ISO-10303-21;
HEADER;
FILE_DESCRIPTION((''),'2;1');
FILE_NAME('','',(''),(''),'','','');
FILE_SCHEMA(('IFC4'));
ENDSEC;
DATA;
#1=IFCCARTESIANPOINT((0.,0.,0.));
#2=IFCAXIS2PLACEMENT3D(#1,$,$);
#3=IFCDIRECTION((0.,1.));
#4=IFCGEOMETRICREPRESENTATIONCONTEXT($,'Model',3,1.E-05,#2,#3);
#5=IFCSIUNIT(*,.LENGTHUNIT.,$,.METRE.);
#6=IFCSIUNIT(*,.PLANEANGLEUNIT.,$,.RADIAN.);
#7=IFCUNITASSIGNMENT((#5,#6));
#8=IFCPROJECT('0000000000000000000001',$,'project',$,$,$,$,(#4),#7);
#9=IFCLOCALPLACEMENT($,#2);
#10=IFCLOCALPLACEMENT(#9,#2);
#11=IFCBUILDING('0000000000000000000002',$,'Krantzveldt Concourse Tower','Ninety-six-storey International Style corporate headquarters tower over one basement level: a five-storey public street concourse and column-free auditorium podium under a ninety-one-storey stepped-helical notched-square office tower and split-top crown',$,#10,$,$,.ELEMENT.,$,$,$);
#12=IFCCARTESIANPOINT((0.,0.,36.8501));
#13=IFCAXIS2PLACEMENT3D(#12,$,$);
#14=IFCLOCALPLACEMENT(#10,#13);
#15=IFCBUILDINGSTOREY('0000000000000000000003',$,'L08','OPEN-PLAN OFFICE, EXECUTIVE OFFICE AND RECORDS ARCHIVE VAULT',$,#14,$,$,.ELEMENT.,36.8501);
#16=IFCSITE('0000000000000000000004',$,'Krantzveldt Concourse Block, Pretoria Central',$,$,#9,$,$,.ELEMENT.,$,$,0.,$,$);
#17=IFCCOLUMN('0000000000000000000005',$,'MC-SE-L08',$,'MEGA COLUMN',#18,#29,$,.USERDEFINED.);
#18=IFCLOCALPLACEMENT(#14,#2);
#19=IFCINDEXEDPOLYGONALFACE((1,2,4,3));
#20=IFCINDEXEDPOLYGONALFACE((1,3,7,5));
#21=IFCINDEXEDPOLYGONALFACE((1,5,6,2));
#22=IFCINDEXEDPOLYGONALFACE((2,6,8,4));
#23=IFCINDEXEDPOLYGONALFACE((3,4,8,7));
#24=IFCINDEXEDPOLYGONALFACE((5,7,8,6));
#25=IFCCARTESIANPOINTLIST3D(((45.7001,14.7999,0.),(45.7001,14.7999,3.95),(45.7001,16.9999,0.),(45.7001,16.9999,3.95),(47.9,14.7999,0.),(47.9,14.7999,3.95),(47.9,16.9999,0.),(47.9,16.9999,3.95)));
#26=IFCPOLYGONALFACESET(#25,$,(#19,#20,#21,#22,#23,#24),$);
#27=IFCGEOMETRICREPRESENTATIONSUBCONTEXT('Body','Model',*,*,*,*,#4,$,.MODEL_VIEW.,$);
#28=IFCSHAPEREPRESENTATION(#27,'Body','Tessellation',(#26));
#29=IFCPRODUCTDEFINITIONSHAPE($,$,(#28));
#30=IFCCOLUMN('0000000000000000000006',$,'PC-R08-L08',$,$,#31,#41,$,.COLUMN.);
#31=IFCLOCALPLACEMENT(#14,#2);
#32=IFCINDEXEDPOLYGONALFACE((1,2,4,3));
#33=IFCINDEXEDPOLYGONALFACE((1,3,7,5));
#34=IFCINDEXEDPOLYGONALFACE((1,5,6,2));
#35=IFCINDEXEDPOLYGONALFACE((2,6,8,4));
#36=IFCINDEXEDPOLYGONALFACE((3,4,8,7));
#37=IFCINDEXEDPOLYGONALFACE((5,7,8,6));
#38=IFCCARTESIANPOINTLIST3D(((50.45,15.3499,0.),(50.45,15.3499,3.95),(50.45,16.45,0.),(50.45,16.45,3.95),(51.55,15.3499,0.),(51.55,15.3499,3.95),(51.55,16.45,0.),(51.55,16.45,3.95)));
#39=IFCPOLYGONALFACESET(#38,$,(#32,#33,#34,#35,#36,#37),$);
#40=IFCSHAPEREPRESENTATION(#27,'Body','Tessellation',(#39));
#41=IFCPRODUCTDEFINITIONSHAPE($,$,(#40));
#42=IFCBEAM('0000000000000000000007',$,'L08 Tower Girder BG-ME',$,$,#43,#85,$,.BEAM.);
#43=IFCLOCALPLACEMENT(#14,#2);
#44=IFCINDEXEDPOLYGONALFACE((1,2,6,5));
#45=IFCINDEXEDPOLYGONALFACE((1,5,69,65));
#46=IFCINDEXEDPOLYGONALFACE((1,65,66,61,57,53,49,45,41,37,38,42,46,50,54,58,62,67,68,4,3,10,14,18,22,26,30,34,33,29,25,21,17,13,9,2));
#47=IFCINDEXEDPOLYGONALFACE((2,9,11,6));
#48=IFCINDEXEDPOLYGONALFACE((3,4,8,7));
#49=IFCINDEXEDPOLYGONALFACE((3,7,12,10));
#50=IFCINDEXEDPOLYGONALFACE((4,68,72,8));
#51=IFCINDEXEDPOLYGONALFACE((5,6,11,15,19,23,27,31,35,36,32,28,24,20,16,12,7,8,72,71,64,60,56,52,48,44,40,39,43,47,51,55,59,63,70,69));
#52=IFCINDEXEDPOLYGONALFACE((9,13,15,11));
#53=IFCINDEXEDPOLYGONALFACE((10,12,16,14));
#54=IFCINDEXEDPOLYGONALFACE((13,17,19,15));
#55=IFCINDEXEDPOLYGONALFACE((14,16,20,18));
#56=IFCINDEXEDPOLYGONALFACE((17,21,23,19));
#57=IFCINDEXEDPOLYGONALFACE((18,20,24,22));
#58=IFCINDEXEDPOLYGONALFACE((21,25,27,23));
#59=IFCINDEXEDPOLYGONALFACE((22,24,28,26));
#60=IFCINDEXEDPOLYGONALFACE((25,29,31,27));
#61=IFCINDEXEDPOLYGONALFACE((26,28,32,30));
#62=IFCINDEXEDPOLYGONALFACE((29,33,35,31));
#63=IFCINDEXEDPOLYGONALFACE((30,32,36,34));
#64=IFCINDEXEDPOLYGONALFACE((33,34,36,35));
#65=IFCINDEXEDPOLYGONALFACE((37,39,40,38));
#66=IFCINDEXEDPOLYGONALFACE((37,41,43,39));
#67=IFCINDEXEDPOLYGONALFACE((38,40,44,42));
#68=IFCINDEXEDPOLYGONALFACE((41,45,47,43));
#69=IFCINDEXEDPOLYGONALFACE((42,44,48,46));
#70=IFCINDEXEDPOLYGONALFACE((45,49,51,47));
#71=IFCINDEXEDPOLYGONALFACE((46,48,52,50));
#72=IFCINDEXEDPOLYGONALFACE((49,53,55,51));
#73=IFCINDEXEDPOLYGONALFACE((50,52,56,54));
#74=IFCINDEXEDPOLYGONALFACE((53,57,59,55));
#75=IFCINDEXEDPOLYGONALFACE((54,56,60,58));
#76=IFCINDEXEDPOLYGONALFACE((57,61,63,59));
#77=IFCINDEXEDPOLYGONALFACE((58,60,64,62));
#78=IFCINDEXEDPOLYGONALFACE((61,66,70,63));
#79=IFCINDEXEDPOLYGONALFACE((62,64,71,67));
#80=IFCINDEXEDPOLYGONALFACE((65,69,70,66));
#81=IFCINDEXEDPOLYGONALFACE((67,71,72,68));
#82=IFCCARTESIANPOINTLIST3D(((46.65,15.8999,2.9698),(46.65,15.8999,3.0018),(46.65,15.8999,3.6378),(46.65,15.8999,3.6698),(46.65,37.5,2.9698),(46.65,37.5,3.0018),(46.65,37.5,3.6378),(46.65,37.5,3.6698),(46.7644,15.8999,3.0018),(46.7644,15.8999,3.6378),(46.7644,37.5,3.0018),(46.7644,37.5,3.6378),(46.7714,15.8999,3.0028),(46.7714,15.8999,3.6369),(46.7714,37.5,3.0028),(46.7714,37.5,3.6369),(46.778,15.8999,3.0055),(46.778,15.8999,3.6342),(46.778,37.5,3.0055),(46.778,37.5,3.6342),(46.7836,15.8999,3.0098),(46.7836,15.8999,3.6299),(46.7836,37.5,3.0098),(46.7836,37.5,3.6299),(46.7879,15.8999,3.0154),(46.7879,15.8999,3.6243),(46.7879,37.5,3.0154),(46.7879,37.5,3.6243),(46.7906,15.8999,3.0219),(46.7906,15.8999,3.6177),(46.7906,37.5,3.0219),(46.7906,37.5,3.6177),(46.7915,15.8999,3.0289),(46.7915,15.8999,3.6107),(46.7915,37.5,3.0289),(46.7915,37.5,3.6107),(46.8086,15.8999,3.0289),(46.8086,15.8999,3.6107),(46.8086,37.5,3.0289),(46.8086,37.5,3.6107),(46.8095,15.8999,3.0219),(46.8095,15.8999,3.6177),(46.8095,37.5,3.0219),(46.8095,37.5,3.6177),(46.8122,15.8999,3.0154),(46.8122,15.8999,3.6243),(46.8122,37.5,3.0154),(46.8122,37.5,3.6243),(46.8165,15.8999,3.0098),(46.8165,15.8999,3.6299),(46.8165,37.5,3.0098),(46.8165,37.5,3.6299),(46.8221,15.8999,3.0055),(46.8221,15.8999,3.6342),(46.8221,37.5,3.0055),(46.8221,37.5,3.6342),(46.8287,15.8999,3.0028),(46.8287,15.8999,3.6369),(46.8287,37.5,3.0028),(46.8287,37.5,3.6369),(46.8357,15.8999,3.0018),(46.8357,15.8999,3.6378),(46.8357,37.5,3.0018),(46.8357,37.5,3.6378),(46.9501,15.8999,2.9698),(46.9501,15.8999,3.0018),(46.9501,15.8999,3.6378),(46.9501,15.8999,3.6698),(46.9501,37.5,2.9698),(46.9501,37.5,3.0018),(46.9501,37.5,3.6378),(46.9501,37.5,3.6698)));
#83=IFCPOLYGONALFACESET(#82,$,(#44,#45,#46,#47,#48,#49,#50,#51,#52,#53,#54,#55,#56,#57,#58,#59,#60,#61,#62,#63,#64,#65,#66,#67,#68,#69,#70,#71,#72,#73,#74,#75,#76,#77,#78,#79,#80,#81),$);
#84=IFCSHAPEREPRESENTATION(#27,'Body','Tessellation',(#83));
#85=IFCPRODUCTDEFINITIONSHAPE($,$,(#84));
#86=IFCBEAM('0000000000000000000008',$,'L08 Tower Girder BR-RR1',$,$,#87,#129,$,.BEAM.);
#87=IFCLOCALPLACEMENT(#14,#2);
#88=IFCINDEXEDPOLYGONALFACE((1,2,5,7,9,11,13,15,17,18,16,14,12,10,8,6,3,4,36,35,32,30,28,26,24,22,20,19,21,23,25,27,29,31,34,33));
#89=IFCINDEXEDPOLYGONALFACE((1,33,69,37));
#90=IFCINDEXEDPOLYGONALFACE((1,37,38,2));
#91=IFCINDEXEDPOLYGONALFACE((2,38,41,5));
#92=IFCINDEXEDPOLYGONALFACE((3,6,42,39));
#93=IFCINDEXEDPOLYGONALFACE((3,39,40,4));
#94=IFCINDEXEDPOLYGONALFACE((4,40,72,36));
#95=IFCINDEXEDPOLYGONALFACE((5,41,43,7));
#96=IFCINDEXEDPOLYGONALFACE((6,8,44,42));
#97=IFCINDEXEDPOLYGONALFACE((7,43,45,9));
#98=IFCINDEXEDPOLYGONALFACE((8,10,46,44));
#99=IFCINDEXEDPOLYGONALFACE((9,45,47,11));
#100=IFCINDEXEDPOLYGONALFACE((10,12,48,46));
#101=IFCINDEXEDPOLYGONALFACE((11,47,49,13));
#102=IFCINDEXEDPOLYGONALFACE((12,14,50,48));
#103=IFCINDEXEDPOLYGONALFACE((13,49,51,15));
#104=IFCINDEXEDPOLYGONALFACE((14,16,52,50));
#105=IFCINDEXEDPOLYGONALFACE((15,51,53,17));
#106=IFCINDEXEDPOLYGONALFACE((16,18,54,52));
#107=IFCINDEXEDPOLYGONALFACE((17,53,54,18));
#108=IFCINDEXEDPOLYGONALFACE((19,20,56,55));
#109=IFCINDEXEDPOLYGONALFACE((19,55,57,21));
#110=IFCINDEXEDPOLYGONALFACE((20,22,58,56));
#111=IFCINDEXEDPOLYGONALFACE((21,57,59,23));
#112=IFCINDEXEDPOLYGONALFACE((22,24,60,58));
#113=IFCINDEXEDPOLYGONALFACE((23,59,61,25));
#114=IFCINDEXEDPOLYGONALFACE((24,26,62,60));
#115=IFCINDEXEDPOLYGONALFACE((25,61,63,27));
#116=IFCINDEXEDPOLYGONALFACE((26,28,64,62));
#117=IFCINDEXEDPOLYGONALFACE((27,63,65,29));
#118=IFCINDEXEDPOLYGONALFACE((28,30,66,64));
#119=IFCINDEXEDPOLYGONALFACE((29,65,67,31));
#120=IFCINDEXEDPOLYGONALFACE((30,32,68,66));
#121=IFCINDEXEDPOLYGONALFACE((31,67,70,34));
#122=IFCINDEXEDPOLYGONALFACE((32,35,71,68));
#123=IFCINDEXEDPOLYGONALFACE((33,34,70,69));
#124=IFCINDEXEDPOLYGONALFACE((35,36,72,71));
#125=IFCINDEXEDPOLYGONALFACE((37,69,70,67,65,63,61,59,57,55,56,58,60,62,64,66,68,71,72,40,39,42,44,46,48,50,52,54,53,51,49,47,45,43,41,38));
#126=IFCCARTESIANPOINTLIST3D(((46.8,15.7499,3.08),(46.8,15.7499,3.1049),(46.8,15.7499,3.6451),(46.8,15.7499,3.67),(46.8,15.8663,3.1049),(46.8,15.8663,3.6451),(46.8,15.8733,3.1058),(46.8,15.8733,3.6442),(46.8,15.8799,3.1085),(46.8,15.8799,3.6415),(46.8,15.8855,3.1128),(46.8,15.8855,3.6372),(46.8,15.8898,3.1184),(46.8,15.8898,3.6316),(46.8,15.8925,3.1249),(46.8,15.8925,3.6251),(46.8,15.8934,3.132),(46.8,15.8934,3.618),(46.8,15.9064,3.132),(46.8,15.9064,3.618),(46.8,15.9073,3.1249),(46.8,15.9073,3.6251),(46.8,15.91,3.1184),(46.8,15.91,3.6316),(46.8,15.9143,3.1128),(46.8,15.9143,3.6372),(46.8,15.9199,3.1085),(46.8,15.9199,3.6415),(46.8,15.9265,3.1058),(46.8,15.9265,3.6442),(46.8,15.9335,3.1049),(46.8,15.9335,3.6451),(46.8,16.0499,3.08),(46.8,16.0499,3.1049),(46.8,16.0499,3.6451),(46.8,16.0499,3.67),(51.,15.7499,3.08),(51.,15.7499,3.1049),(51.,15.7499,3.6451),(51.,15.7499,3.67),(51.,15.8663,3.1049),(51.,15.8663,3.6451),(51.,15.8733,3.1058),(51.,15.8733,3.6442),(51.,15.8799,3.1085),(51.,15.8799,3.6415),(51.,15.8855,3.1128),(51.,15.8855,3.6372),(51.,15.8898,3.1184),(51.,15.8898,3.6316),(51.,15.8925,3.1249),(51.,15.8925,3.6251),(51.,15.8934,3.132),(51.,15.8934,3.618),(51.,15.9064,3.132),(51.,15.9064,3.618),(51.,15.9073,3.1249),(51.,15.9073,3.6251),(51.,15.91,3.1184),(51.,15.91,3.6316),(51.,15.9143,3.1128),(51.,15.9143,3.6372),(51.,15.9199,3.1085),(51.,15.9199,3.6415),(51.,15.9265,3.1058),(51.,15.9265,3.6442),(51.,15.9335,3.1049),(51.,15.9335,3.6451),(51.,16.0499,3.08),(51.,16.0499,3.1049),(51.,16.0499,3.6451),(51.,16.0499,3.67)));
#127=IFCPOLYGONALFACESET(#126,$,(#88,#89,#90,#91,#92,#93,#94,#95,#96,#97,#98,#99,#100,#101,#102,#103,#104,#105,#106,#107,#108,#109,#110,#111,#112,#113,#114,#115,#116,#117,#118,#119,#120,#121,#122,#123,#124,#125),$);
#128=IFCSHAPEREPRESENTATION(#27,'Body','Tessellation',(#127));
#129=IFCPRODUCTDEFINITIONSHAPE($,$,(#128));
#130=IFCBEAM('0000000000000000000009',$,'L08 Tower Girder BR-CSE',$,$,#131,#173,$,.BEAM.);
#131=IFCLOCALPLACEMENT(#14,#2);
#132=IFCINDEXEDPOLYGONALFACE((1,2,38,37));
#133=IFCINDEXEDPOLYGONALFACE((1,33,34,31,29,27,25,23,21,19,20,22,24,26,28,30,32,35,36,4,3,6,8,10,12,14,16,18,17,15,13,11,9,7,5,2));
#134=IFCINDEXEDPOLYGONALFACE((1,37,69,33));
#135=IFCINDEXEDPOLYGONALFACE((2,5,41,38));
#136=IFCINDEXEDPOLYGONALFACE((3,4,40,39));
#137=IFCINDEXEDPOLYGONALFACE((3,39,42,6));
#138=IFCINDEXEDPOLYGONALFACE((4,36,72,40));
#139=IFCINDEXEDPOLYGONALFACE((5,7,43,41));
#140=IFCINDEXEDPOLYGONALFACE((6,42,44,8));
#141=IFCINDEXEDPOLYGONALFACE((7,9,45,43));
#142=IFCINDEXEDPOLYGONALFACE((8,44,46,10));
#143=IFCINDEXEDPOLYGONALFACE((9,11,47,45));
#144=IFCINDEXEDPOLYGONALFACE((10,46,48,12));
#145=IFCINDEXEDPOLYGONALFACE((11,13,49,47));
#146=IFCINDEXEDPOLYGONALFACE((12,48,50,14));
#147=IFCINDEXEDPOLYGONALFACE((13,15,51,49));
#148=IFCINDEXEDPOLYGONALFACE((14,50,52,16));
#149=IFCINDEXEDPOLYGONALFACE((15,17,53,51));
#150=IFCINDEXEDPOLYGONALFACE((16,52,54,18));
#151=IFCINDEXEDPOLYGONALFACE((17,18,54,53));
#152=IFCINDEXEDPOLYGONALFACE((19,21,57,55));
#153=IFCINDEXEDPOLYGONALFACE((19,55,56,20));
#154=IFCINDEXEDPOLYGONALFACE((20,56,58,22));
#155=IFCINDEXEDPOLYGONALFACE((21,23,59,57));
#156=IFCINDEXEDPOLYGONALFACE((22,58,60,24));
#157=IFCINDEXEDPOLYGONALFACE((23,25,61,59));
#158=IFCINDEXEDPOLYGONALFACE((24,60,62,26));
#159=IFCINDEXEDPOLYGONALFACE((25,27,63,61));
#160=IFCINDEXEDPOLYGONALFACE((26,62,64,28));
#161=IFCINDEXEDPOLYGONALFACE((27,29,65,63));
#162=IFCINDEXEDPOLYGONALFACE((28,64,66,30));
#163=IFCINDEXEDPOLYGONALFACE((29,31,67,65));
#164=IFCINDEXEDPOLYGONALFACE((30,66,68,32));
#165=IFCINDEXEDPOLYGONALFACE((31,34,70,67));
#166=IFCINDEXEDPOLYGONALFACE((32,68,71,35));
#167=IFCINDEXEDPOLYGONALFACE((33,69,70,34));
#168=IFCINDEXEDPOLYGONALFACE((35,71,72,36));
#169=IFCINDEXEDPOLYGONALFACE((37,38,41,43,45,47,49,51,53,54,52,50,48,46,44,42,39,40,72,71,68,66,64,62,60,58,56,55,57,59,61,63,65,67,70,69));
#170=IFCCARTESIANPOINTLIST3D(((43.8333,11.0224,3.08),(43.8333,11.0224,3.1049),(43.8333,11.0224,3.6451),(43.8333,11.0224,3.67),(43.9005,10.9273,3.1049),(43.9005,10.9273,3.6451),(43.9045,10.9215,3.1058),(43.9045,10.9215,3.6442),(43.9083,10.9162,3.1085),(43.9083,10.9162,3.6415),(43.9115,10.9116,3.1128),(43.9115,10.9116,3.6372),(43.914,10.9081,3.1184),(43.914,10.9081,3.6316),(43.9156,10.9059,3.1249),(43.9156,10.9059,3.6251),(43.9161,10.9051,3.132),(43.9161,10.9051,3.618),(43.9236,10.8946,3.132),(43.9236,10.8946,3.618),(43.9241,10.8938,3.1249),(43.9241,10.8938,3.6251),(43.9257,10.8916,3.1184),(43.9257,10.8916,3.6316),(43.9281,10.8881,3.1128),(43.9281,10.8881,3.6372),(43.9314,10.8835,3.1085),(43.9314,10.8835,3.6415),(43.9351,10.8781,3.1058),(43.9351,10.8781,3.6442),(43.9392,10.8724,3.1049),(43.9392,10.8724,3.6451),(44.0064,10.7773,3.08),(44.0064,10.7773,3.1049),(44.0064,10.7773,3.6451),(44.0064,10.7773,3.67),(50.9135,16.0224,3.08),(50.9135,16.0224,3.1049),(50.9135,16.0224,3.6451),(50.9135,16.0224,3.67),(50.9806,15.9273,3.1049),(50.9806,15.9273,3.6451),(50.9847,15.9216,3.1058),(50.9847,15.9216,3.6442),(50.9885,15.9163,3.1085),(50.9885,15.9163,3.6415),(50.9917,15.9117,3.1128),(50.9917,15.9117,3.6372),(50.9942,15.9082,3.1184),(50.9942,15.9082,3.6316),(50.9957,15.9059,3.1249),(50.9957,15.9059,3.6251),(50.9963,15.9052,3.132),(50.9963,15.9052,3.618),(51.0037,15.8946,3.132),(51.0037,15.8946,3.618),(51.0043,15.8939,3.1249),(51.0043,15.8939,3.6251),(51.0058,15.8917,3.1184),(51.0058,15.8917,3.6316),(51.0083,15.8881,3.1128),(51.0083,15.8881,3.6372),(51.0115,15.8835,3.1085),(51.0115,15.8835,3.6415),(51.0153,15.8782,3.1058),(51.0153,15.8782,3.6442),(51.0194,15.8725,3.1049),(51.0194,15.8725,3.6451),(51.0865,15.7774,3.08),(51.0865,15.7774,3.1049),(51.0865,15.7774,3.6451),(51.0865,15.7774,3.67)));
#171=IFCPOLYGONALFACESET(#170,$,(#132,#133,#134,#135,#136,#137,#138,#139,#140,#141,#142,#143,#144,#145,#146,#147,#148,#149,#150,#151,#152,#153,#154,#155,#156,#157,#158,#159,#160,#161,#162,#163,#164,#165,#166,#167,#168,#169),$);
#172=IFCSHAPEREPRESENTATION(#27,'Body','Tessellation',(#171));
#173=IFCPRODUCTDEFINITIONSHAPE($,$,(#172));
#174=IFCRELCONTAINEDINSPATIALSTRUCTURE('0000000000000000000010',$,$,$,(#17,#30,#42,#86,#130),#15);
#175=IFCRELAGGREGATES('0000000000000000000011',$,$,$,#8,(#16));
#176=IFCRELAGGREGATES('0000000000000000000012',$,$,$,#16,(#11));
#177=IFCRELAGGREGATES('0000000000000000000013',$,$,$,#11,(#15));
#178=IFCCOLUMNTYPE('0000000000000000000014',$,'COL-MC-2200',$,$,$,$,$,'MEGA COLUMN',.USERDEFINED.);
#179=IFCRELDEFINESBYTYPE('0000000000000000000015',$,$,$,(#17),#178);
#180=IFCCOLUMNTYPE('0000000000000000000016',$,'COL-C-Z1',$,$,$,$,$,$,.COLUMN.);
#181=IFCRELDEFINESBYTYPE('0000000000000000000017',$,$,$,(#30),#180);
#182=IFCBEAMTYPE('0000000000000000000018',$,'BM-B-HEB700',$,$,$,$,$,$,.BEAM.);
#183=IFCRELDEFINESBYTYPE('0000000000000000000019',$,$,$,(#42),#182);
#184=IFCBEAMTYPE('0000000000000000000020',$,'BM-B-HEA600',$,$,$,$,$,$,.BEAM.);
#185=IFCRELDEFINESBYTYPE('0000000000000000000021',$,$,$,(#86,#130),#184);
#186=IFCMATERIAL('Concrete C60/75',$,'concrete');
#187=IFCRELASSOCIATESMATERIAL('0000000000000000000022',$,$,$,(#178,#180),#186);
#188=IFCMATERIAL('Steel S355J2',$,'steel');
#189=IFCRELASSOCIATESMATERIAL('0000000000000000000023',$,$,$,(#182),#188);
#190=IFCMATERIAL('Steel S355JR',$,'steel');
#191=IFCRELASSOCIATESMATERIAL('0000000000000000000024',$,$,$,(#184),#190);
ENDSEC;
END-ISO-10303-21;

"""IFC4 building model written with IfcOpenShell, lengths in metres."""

from ifc_helpers import new_model, si_unit, direction, frame, origin, origin_2d, place, context, subcontext, project, spatial, rectangle, i_section, extrude, source, transform, mapped, material, material_profile, profile_set, type_object, type_shapes, element, save


model = new_model("IFC4")

# Units and contexts
model_context = context("Model", 3, precision=1e-05, world=origin(), true_north=direction((0.0, 1.0)))
body_context = subcontext(model_context, "Body", "Model", "MODEL_VIEW")
ifc_project = project(units=[si_unit("LENGTHUNIT", "METRE"), si_unit("PLANEANGLEUNIT", "RADIAN")], contexts=[model_context])

# Site, building, storey
site_placement = place(None, origin())
site = spatial("IfcSite", under=ifc_project, at=site_placement, Name="Krantzveldt Concourse Block, Pretoria Central", CompositionType="ELEMENT", RefElevation=0.0)
building_placement = place(site_placement, origin())
building = spatial("IfcBuilding", under=site, at=building_placement, Name="Krantzveldt Concourse Tower", Description="Ninety-six-storey International Style corporate headquarters tower over one basement level: a five-storey public street concourse and column-free auditorium podium under a ninety-one-storey stepped-helical notched-square office tower and split-top crown", CompositionType="ELEMENT")
storey_placement = place(building_placement, frame((0.0, 0.0, 36.8501)))
storey = spatial("IfcBuildingStorey", under=building, at=storey_placement, Name="L08", Description="OPEN-PLAN OFFICE, EXECUTIVE OFFICE AND RECORDS ARCHIVE VAULT", CompositionType="ELEMENT", Elevation=36.8501)

# Columns
ifc_material_1 = material(Name="Concrete C60/75", Category="concrete")
ifc_material_profile_1 = material_profile(ifc_material_1, rectangle(XDim=2.2, YDim=2.2, at=origin_2d()), Name="Concrete C60/75", Category="concrete")
ifc_profile_set_1 = profile_set([ifc_material_profile_1], Name="Concrete C60/75 - RC 2200x2200")
column_type_1 = type_object("IfcColumnType", Name="COL-MC-2200", ElementType="MEGA COLUMN", PredefinedType="USERDEFINED", material=ifc_profile_set_1)
shared_shape_1 = source(origin(), body_context, "Body", "SweptSolid", [
    extrude(rectangle(XDim=2.2, YDim=2.2, at=origin_2d()), origin(), (0.0, 0.0, 1.0), 3.95),
])
type_shapes(column_type_1, [shared_shape_1])
column_1_placement = place(storey_placement, frame((46.8, 15.8999, 0.0), z_axis=(0.0, 0.0, 1.0), x_axis=(1.0, 0.0, 0.0)))
element("IfcColumn", 1, at=column_1_placement, inside=storey, type_object=column_type_1, Name="MC-SE-L08", ObjectType="MEGA COLUMN", PredefinedType="USERDEFINED", context=body_context, shape_type="MappedRepresentation", body=[
    mapped(shared_shape_1, transform((0.0, 0.0, 0.0), x_axis=(1.0, 0.0, 0.0), y_axis=(0.0, 1.0, 0.0), z_axis=(0.0, 0.0, 1.0), scale=1.0)),
])
ifc_material_profile_2 = material_profile(ifc_material_1, rectangle(XDim=1.1001, YDim=1.1001, at=origin_2d()), Name="Concrete C60/75", Category="concrete")
ifc_profile_set_2 = profile_set([ifc_material_profile_2], Name="Concrete C60/75 - RC 1100x1100")
column_type_2 = type_object("IfcColumnType", Name="COL-C-Z1", PredefinedType="COLUMN", material=ifc_profile_set_2)
shared_shape_2 = source(origin(), body_context, "Body", "SweptSolid", [
    extrude(rectangle(XDim=1.1001, YDim=1.1001, at=origin_2d()), origin(), (0.0, 0.0, 1.0), 3.95),
])
type_shapes(column_type_2, [shared_shape_2])
column_2_placement = place(storey_placement, frame((51.0, 15.8999, 0.0), z_axis=(0.0, 0.0, 1.0), x_axis=(1.0, 0.0, 0.0)))
element("IfcColumn", 2, at=column_2_placement, inside=storey, type_object=column_type_2, Name="PC-R08-L08", PredefinedType="COLUMN", context=body_context, shape_type="MappedRepresentation", body=[
    mapped(shared_shape_2, transform((0.0, 0.0, 0.0), x_axis=(1.0, 0.0, 0.0), y_axis=(0.0, 1.0, 0.0), z_axis=(0.0, 0.0, 1.0), scale=1.0)),
])

# Beams
ifc_material_2 = material(Name="Steel S355J2", Category="steel")
ifc_material_profile_3 = material_profile(ifc_material_2, i_section(OverallWidth=0.3, OverallDepth=0.7, WebThickness=0.0171, FlangeThickness=0.032, FilletRadius=0.0271, at=origin_2d()), Name="Steel S355J2", Category="steel")
ifc_profile_set_3 = profile_set([ifc_material_profile_3], Name="Steel S355J2 - HEB 700")
beam_type_1 = type_object("IfcBeamType", Name="BM-B-HEB700", PredefinedType="BEAM", material=ifc_profile_set_3)
shared_shape_3 = source(origin(), body_context, "Body", "SweptSolid", [
    extrude(i_section(OverallWidth=0.3, OverallDepth=0.7, WebThickness=0.0171, FlangeThickness=0.032, FilletRadius=0.0271, at=origin_2d()), origin(), (0.0, 0.0, 1.0), 21.6001),
])
type_shapes(beam_type_1, [shared_shape_3])
beam_1_placement = place(storey_placement, frame((46.8, 15.8999, 3.3198), z_axis=(0.0, 1.0, 0.0), x_axis=(-1.0, 0.0, 0.0)))
element("IfcBeam", 3, at=beam_1_placement, inside=storey, type_object=beam_type_1, Name="L08 Tower Girder BG-ME", PredefinedType="BEAM", context=body_context, shape_type="MappedRepresentation", body=[
    mapped(shared_shape_3, transform((0.0, 0.0, 0.0), x_axis=(1.0, 0.0, 0.0), y_axis=(0.0, 1.0, 0.0), z_axis=(0.0, 0.0, 1.0), scale=1.0)),
])
ifc_material_3 = material(Name="Steel S355JR", Category="steel")
ifc_material_profile_4 = material_profile(ifc_material_3, i_section(OverallWidth=0.3, OverallDepth=0.5901, WebThickness=0.0129, FlangeThickness=0.0249, FilletRadius=0.0271, at=origin_2d()), Name="Steel S355JR", Category="steel")
ifc_profile_set_4 = profile_set([ifc_material_profile_4], Name="Steel S355JR - HEA 600")
beam_type_2 = type_object("IfcBeamType", Name="BM-B-HEA600", PredefinedType="BEAM", material=ifc_profile_set_4)
shared_shape_4 = source(origin(), body_context, "Body", "SweptSolid", [
    extrude(i_section(OverallWidth=0.3, OverallDepth=0.5901, WebThickness=0.0129, FlangeThickness=0.0249, FilletRadius=0.0271, at=origin_2d()), origin(), (0.0, 0.0, 1.0), 4.2),
])
beam_2_placement = place(storey_placement, frame((46.8, 15.8999, 3.375), z_axis=(1.0, 0.0, 0.0), x_axis=(0.0, 1.0, 0.0)))
element("IfcBeam", 4, at=beam_2_placement, inside=storey, type_object=beam_type_2, Name="L08 Tower Girder BR-RR1", PredefinedType="BEAM", context=body_context, shape_type="MappedRepresentation", body=[
    mapped(shared_shape_4, transform((0.0, 0.0, 0.0), x_axis=(1.0, 0.0, 0.0), y_axis=(0.0, 1.0, 0.0), z_axis=(0.0, 0.0, 1.0), scale=1.0)),
])
shared_shape_5 = source(origin(), body_context, "Body", "SweptSolid", [
    extrude(i_section(OverallWidth=0.3, OverallDepth=0.5901, WebThickness=0.0129, FlangeThickness=0.0249, FilletRadius=0.0271, at=origin_2d()), origin(), (0.0, 0.0, 1.0), 8.6677),
])
type_shapes(beam_type_2, [shared_shape_4, shared_shape_5])
beam_3_placement = place(storey_placement, frame((51.0, 15.8999, 3.375), z_axis=(-0.816843, -0.57686, 0.0), x_axis=(0.57686, -0.816843, 0.0)))
element("IfcBeam", 5, at=beam_3_placement, inside=storey, type_object=beam_type_2, Name="L08 Tower Girder BR-CSE", PredefinedType="BEAM", context=body_context, shape_type="MappedRepresentation", body=[
    mapped(shared_shape_5, transform((0.0, 0.0, 0.0), x_axis=(1.0, 0.0, 0.0), y_axis=(0.0, 1.0, 0.0), z_axis=(0.0, 0.0, 1.0), scale=1.0)),
])

save(model, "model.ifc")
